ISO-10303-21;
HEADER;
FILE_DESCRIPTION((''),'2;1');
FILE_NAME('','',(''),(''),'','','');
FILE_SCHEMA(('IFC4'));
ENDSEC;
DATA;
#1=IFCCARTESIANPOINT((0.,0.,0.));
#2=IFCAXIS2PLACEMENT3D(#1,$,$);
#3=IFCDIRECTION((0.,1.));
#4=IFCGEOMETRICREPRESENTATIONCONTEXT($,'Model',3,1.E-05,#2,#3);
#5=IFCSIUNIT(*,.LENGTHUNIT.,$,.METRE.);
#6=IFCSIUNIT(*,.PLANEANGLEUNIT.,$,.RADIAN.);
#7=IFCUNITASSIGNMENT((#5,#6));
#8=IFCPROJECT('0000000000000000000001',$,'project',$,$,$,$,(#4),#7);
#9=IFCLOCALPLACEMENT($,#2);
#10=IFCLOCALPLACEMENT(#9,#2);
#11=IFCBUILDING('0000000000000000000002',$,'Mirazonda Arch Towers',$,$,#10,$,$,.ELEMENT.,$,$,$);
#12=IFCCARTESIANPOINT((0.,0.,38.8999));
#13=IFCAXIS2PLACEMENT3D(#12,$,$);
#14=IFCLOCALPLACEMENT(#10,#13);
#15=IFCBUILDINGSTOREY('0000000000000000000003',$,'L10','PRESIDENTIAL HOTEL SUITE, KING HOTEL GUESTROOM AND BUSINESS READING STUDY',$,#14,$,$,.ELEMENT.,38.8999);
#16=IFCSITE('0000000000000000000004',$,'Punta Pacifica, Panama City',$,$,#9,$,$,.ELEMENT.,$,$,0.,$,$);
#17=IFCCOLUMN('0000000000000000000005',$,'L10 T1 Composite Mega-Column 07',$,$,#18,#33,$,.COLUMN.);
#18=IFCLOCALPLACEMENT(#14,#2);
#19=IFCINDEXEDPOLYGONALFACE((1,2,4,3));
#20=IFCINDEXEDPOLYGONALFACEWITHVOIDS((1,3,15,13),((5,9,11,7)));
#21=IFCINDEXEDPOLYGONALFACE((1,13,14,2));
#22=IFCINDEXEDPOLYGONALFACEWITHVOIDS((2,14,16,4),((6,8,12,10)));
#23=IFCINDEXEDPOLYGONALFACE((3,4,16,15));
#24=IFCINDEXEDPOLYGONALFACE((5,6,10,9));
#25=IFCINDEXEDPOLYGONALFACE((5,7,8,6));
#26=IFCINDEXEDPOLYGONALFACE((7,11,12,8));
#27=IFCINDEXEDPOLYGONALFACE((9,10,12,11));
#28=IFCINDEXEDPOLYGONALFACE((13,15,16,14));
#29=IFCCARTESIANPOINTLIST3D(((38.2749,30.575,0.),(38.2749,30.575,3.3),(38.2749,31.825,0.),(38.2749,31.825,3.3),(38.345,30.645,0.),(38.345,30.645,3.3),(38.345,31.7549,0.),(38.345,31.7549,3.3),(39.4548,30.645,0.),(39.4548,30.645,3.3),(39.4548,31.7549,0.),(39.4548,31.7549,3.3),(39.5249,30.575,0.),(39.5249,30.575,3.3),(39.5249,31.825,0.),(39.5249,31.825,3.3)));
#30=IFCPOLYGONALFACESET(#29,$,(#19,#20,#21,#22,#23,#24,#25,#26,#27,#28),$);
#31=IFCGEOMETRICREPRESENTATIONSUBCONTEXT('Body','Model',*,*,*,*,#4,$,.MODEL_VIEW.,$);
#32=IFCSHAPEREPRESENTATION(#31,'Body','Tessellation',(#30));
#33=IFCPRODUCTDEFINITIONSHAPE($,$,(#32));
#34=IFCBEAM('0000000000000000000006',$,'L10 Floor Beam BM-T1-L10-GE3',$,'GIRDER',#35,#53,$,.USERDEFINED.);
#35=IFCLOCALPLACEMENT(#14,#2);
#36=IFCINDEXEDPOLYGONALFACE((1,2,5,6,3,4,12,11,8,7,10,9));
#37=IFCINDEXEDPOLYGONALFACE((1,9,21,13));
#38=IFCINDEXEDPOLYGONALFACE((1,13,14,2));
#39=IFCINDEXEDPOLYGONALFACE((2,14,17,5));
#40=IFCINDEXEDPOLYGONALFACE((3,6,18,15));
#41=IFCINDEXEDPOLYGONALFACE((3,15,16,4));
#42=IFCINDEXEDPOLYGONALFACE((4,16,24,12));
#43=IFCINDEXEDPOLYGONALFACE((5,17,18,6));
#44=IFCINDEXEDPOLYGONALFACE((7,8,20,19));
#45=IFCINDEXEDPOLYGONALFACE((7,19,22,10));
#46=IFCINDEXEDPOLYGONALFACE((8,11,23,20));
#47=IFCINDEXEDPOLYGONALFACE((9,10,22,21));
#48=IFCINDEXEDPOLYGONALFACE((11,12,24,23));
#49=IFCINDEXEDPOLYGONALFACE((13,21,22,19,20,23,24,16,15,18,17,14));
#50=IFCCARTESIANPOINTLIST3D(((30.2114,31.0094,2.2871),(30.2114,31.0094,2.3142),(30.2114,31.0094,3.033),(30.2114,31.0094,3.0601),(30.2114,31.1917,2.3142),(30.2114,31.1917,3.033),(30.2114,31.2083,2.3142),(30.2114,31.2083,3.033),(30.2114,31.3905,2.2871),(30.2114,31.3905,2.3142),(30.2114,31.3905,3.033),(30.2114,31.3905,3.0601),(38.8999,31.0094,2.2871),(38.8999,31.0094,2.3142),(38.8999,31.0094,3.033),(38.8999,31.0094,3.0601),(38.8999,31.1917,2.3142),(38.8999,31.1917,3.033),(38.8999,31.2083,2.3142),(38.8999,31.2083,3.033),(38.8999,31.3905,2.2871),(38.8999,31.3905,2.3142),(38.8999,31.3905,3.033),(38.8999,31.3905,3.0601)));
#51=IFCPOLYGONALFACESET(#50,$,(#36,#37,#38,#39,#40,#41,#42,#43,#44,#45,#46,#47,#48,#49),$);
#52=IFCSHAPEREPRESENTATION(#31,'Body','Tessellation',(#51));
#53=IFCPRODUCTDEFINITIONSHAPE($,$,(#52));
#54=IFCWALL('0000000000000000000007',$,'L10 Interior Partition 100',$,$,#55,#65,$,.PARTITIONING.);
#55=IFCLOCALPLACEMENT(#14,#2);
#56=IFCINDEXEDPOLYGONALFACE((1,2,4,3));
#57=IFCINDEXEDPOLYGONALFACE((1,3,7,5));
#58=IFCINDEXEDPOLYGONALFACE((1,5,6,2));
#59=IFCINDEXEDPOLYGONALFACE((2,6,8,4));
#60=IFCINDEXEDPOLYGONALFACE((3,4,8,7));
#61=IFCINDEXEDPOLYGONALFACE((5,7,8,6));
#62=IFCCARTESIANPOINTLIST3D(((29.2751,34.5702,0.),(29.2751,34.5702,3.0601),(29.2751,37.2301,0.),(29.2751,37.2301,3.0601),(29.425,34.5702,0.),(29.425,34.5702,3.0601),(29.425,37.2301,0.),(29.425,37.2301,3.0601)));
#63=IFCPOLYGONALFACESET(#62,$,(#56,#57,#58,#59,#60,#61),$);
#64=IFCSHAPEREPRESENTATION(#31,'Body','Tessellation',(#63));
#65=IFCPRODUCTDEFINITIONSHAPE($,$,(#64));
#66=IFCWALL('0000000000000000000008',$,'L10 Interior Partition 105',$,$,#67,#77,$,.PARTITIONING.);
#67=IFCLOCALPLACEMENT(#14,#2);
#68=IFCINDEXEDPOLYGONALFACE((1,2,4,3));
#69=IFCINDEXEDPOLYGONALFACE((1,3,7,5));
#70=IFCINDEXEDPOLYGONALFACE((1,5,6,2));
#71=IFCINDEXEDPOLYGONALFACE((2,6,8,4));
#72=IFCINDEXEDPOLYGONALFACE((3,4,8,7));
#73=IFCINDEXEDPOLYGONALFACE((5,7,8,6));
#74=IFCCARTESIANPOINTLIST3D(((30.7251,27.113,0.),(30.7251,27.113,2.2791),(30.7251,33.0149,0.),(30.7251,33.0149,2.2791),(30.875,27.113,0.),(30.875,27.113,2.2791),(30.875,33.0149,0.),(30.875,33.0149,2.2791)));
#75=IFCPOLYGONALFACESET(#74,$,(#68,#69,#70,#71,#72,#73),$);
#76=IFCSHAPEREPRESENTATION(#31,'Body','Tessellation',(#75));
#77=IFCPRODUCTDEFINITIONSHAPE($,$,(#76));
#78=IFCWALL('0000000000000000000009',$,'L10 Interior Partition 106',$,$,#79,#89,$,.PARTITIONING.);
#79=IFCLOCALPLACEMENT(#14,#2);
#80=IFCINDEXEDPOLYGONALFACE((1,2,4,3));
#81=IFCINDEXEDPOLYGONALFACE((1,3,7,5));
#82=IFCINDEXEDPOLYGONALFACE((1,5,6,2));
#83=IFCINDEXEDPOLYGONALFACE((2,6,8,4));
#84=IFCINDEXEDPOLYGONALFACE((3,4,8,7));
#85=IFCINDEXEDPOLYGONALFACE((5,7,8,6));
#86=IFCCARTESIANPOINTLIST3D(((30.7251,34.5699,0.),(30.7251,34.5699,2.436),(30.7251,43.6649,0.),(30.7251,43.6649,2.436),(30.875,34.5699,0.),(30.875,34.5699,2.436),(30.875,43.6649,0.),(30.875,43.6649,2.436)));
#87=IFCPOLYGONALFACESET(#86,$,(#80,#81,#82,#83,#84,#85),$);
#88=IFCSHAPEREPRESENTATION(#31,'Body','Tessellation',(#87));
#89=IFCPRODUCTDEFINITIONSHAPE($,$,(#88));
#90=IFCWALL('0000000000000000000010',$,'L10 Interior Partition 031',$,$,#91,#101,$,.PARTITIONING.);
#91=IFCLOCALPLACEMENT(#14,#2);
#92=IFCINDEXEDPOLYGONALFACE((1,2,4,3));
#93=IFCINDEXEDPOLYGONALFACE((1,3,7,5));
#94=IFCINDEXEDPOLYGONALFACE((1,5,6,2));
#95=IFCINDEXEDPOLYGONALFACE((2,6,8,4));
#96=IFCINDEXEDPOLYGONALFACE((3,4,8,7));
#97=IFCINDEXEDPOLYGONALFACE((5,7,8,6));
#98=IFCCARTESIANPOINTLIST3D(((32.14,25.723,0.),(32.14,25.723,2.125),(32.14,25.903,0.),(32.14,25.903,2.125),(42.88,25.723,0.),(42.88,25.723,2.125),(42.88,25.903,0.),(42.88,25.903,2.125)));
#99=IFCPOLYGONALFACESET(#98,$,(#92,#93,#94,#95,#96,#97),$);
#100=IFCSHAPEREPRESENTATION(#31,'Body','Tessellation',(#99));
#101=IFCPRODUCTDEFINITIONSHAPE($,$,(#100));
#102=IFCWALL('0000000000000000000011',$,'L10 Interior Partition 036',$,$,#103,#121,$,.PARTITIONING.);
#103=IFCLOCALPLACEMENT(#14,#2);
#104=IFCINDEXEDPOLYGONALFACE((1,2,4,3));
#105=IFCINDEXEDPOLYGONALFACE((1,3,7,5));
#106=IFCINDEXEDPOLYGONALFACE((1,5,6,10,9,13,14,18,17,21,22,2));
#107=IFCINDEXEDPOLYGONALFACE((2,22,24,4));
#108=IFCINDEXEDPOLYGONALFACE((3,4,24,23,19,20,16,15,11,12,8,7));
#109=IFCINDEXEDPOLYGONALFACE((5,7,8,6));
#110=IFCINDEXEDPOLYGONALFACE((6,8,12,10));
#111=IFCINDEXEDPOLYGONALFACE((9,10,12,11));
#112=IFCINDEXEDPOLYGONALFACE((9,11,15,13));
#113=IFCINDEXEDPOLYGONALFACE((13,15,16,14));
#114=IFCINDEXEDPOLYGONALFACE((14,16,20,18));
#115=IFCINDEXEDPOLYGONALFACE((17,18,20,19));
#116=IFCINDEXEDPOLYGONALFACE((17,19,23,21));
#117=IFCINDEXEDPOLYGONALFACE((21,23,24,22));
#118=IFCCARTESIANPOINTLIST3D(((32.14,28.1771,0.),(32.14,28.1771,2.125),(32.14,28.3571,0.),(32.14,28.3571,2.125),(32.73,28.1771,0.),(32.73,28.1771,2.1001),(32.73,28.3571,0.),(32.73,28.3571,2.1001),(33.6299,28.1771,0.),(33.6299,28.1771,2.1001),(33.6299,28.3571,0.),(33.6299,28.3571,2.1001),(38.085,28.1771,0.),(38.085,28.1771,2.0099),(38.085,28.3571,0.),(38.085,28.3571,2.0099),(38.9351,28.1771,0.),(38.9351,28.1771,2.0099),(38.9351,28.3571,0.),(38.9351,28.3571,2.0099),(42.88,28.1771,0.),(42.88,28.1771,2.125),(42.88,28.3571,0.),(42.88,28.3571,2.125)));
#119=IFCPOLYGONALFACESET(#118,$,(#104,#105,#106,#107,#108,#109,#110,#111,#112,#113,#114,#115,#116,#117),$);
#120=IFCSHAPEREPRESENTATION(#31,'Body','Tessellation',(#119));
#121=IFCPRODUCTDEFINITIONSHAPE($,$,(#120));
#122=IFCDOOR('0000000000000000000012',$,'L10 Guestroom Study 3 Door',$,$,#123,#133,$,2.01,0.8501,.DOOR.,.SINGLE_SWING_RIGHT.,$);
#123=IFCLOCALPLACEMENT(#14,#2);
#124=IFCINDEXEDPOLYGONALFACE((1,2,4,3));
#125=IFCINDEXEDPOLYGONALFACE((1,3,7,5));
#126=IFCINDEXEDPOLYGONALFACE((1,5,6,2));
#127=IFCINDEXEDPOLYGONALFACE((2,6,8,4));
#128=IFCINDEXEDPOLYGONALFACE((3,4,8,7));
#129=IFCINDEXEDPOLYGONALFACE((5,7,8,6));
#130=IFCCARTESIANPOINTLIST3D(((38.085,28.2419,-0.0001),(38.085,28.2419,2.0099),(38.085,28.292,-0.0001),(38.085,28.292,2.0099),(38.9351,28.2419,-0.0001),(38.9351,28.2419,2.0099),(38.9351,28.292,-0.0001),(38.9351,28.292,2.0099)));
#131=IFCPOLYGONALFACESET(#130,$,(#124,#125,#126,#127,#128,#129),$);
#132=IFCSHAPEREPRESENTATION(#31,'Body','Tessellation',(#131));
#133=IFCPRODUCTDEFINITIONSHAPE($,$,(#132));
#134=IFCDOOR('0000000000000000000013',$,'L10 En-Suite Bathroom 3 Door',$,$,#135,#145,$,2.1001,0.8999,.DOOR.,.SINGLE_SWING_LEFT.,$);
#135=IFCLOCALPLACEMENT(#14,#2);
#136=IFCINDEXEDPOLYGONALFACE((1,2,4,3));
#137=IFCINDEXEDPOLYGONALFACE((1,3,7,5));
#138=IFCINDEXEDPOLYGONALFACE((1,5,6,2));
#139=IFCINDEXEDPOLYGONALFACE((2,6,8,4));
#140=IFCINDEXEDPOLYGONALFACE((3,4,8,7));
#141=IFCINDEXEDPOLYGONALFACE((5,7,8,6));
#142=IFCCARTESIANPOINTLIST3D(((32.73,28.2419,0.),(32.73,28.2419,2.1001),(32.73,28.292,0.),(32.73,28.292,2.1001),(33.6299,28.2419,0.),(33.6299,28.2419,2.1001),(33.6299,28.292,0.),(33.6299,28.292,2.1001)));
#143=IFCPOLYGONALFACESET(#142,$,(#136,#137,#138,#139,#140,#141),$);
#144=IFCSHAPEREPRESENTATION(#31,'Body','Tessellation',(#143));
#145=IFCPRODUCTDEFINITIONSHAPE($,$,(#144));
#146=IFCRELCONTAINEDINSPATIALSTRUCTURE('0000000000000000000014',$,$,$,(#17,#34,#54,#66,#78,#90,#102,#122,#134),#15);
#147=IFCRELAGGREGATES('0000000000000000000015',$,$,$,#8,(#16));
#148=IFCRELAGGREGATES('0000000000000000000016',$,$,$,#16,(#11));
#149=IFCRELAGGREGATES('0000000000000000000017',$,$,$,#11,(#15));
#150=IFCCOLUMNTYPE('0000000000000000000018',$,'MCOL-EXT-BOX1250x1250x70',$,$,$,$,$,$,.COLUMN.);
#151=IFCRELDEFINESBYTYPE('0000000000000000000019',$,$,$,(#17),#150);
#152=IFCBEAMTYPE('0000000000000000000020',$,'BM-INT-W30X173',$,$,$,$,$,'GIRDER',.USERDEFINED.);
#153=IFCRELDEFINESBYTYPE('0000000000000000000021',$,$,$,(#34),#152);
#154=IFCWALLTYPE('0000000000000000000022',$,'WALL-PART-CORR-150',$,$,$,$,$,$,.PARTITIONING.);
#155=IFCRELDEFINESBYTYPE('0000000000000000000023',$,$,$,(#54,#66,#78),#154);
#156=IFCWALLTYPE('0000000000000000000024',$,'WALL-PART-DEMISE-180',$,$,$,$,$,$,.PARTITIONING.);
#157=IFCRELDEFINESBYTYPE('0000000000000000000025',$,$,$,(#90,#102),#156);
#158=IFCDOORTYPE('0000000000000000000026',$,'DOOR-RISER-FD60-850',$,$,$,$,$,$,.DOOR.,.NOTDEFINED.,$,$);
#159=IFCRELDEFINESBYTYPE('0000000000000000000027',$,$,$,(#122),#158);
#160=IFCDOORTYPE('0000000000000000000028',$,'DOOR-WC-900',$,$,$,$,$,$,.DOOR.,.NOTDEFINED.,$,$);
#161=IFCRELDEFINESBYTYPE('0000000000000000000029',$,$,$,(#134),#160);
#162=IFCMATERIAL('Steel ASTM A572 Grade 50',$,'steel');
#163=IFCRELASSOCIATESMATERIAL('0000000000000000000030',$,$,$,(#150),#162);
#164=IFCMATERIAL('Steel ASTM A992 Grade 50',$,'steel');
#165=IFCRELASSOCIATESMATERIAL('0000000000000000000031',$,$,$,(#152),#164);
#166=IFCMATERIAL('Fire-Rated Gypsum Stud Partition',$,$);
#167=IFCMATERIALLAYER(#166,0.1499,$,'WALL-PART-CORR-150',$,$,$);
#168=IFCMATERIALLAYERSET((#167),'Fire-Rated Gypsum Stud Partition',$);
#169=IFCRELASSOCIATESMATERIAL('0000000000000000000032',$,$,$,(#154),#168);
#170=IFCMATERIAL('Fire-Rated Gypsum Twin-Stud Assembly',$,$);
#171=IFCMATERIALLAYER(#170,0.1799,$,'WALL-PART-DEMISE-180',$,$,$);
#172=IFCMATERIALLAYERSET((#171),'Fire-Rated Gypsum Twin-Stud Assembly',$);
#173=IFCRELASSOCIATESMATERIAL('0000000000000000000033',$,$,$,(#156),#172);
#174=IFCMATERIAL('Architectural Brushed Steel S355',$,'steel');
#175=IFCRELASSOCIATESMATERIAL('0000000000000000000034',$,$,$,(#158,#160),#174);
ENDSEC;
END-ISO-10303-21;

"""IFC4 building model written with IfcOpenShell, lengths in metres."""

from ifc_helpers import new_model, si_unit, direction, frame, frame_2d, origin, origin_2d, place, context, subcontext, project, spatial, rectangle, hollow_rectangle, i_section, extrude, material, layer, layer_set, material_profile, profile_set, type_object, element, fill, save


model = new_model("IFC4")

# Units and contexts
model_context = context("Model", 3, precision=1e-05, world=origin(), true_north=direction((0.0, 1.0)))
body_context = subcontext(model_context, "Body", "Model", "MODEL_VIEW")
ifc_project = project(units=[si_unit("LENGTHUNIT", "METRE"), si_unit("PLANEANGLEUNIT", "RADIAN")], contexts=[model_context])

# Site, building, storey
site_placement = place(None, origin())
site = spatial("IfcSite", under=ifc_project, at=site_placement, Name="Punta Pacifica, Panama City", CompositionType="ELEMENT", RefElevation=0.0)
building_placement = place(site_placement, origin())
building = spatial("IfcBuilding", under=site, at=building_placement, Name="Mirazonda Arch Towers", CompositionType="ELEMENT")
storey_placement = place(building_placement, frame((0.0, 0.0, 38.8999)))
storey = spatial("IfcBuildingStorey", under=building, at=storey_placement, Name="L10", Description="PRESIDENTIAL HOTEL SUITE, KING HOTEL GUESTROOM AND BUSINESS READING STUDY", CompositionType="ELEMENT", Elevation=38.8999)

# Column
ifc_material_1 = material(Name="Steel ASTM A572 Grade 50", Category="steel")
ifc_material_profile_1 = material_profile(ifc_material_1, hollow_rectangle(XDim=1.25, YDim=1.25, WallThickness=0.0701, at=origin_2d()), Name="BOX1250x1250x70")
ifc_profile_set_1 = profile_set([ifc_material_profile_1], Name="Steel ASTM A572 Grade 50")
column_type = type_object("IfcColumnType", Name="MCOL-EXT-BOX1250x1250x70", PredefinedType="COLUMN", material=ifc_profile_set_1)
column_placement = place(storey_placement, frame((38.8999, 31.2, 0.0), z_axis=(0.0, 0.0, 1.0), x_axis=(1.0, 0.0, 0.0)))
element("IfcColumn", 1, at=column_placement, inside=storey, type_object=column_type, Name="L10 T1 Composite Mega-Column 07", PredefinedType="COLUMN", context=body_context, shape_type="SweptSolid", body=[
    extrude(hollow_rectangle(XDim=1.25, YDim=1.25, WallThickness=0.0701, at=origin_2d()), origin(), (0.0, 0.0, 1.0), 3.3),
])

# Beam
ifc_material_2 = material(Name="Steel ASTM A992 Grade 50", Category="steel")
ifc_material_profile_2 = material_profile(ifc_material_2, i_section(OverallWidth=0.3811, OverallDepth=0.7729, WebThickness=0.0166, FlangeThickness=0.0271, at=origin_2d()), Name="W30X173")
ifc_profile_set_2 = profile_set([ifc_material_profile_2], Name="Steel ASTM A992 Grade 50")
beam_type = type_object("IfcBeamType", Name="BM-INT-W30X173", ElementType="GIRDER", PredefinedType="USERDEFINED", material=ifc_profile_set_2)
beam_placement = place(storey_placement, frame((30.2114, 31.2, 2.6736), z_axis=(1.0, 0.0, 0.0), x_axis=(0.0, 1.0, 0.0)))
element("IfcBeam", 2, at=beam_placement, inside=storey, type_object=beam_type, Name="L10 Floor Beam BM-T1-L10-GE3", ObjectType="GIRDER", PredefinedType="USERDEFINED", context=body_context, shape_type="SweptSolid", body=[
    extrude(i_section(OverallWidth=0.3811, OverallDepth=0.7729, WebThickness=0.0166, FlangeThickness=0.0271, at=origin_2d()), origin(), (0.0, 0.0, 1.0), 8.6885),
])

# Walls
ifc_material_3 = material(Name="Fire-Rated Gypsum Stud Partition")
ifc_layer_1 = layer(ifc_material_3, 0.1499, Name="WALL-PART-CORR-150")
ifc_layer_set_1 = layer_set([ifc_layer_1], Name="Fire-Rated Gypsum Stud Partition")
wall_type_1 = type_object("IfcWallType", Name="WALL-PART-CORR-150", PredefinedType="PARTITIONING", material=ifc_layer_set_1)
wall_1_placement = place(storey_placement, frame((29.3501, 34.5701, 0.0), z_axis=(0.0, 0.0, 1.0), x_axis=(0.0, 1.0, 0.0)))
element("IfcWall", 3, at=wall_1_placement, inside=storey, type_object=wall_type_1, Name="L10 Interior Partition 100", PredefinedType="PARTITIONING", context=body_context, shape_type="SweptSolid", body=[
    extrude(rectangle(XDim=2.6599, YDim=0.1499, at=frame_2d((1.3301, 0.0))), origin(), (0.0, 0.0, 1.0), 3.0601),
])
wall_2_placement = place(storey_placement, frame((30.8, 27.113, 0.0), z_axis=(0.0, 0.0, 1.0), x_axis=(0.0, 1.0, 0.0)))
element("IfcWall", 4, at=wall_2_placement, inside=storey, type_object=wall_type_1, Name="L10 Interior Partition 105", PredefinedType="PARTITIONING", context=body_context, shape_type="SweptSolid", body=[
    extrude(rectangle(XDim=5.9019, YDim=0.1499, at=frame_2d((2.9509, 0.0))), origin(), (0.0, 0.0, 1.0), 2.2791),
])
wall_3_placement = place(storey_placement, frame((30.8, 34.5701, 0.0), z_axis=(0.0, 0.0, 1.0), x_axis=(0.0, 1.0, 0.0)))
element("IfcWall", 5, at=wall_3_placement, inside=storey, type_object=wall_type_1, Name="L10 Interior Partition 106", PredefinedType="PARTITIONING", context=body_context, shape_type="SweptSolid", body=[
    extrude(rectangle(XDim=9.095, YDim=0.1499, at=frame_2d((4.5474, 0.0))), origin(), (0.0, 0.0, 1.0), 2.436),
])
ifc_material_4 = material(Name="Fire-Rated Gypsum Twin-Stud Assembly")
ifc_layer_2 = layer(ifc_material_4, 0.1799, Name="WALL-PART-DEMISE-180")
ifc_layer_set_2 = layer_set([ifc_layer_2], Name="Fire-Rated Gypsum Twin-Stud Assembly")
wall_type_2 = type_object("IfcWallType", Name="WALL-PART-DEMISE-180", PredefinedType="PARTITIONING", material=ifc_layer_set_2)
wall_4_placement = place(storey_placement, frame((32.1399, 25.813, 0.0), z_axis=(0.0, 0.0, 1.0), x_axis=(1.0, 0.0, 0.0)))
element("IfcWall", 6, at=wall_4_placement, inside=storey, type_object=wall_type_2, Name="L10 Interior Partition 031", PredefinedType="PARTITIONING", context=body_context, shape_type="SweptSolid", body=[
    extrude(rectangle(XDim=10.74, YDim=0.1799, at=frame_2d((5.3701, 0.0))), origin(), (0.0, 0.0, 1.0), 2.125),
])

# Wall, openings, doors
wall_5_placement = place(storey_placement, frame((32.1399, 28.2671, 0.0), z_axis=(0.0, 0.0, 1.0), x_axis=(1.0, 0.0, 0.0)))
wall_5 = element("IfcWall", 7, at=wall_5_placement, inside=storey, type_object=wall_type_2, Name="L10 Interior Partition 036", PredefinedType="PARTITIONING", context=body_context, shape_type="SweptSolid", body=[
    extrude(rectangle(XDim=10.74, YDim=0.1799, at=frame_2d((5.3701, 0.0))), origin(), (0.0, 0.0, 1.0), 2.125),
])
opening_1_placement = place(wall_5_placement, frame((5.9451, 0.0, 0.0)))
opening_1 = element("IfcOpeningElement", 8, at=opening_1_placement, cuts=wall_5, PredefinedType="OPENING", context=body_context, shape_type="SweptSolid", body=[
    extrude(rectangle(XDim=0.8501, YDim=2.01, at=frame_2d((0.425, 1.0049))), frame((0.0, 0.0999, 0.0), z_axis=(0.0, -1.0, 0.0), x_axis=(1.0, 0.0, 0.0)), (0.0, 0.0, 1.0), 0.2),
])
opening_2_placement = place(wall_5_placement, frame((0.5901, 0.0, 0.0)))
opening_2 = element("IfcOpeningElement", 9, at=opening_2_placement, cuts=wall_5, PredefinedType="OPENING", context=body_context, shape_type="SweptSolid", body=[
    extrude(rectangle(XDim=0.8999, YDim=2.1001, at=frame_2d((0.45, 1.05))), frame((0.0, 0.0999, 0.0), z_axis=(0.0, -1.0, 0.0), x_axis=(1.0, 0.0, 0.0)), (0.0, 0.0, 1.0), 0.2),
])
ifc_material_5 = material(Name="Architectural Brushed Steel S355", Category="steel")
door_type_1 = type_object("IfcDoorType", Name="DOOR-RISER-FD60-850", OperationType="NOTDEFINED", PredefinedType="DOOR", material=ifc_material_5)
door_1_placement = place(opening_1_placement, origin())
door_1 = element("IfcDoor", 10, at=door_1_placement, inside=storey, type_object=door_type_1, Name="L10 Guestroom Study 3 Door", OperationType="SINGLE_SWING_RIGHT", OverallHeight=2.01, OverallWidth=0.8501, PredefinedType="DOOR", context=body_context, shape_type="SweptSolid", body=[
    extrude(rectangle(XDim=0.8501, YDim=2.01, at=frame_2d((0.425, 1.0049))), frame((0.0, 0.0249, 0.0), z_axis=(0.0, -1.0, 0.0), x_axis=(1.0, 0.0, 0.0)), (0.0, 0.0, 1.0), 0.05),
])
fill(opening_1, door_1)
door_type_2 = type_object("IfcDoorType", Name="DOOR-WC-900", OperationType="NOTDEFINED", PredefinedType="DOOR", material=ifc_material_5)
door_2_placement = place(opening_2_placement, origin())
door_2 = element("IfcDoor", 11, at=door_2_placement, inside=storey, type_object=door_type_2, Name="L10 En-Suite Bathroom 3 Door", OperationType="SINGLE_SWING_LEFT", OverallHeight=2.1001, OverallWidth=0.8999, PredefinedType="DOOR", context=body_context, shape_type="SweptSolid", body=[
    extrude(rectangle(XDim=0.8999, YDim=2.1001, at=frame_2d((0.45, 1.05))), frame((0.0, 0.0249, 0.0), z_axis=(0.0, -1.0, 0.0), x_axis=(1.0, 0.0, 0.0)), (0.0, 0.0, 1.0), 0.05),
])
fill(opening_2, door_2)

save(model, "model.ifc")
